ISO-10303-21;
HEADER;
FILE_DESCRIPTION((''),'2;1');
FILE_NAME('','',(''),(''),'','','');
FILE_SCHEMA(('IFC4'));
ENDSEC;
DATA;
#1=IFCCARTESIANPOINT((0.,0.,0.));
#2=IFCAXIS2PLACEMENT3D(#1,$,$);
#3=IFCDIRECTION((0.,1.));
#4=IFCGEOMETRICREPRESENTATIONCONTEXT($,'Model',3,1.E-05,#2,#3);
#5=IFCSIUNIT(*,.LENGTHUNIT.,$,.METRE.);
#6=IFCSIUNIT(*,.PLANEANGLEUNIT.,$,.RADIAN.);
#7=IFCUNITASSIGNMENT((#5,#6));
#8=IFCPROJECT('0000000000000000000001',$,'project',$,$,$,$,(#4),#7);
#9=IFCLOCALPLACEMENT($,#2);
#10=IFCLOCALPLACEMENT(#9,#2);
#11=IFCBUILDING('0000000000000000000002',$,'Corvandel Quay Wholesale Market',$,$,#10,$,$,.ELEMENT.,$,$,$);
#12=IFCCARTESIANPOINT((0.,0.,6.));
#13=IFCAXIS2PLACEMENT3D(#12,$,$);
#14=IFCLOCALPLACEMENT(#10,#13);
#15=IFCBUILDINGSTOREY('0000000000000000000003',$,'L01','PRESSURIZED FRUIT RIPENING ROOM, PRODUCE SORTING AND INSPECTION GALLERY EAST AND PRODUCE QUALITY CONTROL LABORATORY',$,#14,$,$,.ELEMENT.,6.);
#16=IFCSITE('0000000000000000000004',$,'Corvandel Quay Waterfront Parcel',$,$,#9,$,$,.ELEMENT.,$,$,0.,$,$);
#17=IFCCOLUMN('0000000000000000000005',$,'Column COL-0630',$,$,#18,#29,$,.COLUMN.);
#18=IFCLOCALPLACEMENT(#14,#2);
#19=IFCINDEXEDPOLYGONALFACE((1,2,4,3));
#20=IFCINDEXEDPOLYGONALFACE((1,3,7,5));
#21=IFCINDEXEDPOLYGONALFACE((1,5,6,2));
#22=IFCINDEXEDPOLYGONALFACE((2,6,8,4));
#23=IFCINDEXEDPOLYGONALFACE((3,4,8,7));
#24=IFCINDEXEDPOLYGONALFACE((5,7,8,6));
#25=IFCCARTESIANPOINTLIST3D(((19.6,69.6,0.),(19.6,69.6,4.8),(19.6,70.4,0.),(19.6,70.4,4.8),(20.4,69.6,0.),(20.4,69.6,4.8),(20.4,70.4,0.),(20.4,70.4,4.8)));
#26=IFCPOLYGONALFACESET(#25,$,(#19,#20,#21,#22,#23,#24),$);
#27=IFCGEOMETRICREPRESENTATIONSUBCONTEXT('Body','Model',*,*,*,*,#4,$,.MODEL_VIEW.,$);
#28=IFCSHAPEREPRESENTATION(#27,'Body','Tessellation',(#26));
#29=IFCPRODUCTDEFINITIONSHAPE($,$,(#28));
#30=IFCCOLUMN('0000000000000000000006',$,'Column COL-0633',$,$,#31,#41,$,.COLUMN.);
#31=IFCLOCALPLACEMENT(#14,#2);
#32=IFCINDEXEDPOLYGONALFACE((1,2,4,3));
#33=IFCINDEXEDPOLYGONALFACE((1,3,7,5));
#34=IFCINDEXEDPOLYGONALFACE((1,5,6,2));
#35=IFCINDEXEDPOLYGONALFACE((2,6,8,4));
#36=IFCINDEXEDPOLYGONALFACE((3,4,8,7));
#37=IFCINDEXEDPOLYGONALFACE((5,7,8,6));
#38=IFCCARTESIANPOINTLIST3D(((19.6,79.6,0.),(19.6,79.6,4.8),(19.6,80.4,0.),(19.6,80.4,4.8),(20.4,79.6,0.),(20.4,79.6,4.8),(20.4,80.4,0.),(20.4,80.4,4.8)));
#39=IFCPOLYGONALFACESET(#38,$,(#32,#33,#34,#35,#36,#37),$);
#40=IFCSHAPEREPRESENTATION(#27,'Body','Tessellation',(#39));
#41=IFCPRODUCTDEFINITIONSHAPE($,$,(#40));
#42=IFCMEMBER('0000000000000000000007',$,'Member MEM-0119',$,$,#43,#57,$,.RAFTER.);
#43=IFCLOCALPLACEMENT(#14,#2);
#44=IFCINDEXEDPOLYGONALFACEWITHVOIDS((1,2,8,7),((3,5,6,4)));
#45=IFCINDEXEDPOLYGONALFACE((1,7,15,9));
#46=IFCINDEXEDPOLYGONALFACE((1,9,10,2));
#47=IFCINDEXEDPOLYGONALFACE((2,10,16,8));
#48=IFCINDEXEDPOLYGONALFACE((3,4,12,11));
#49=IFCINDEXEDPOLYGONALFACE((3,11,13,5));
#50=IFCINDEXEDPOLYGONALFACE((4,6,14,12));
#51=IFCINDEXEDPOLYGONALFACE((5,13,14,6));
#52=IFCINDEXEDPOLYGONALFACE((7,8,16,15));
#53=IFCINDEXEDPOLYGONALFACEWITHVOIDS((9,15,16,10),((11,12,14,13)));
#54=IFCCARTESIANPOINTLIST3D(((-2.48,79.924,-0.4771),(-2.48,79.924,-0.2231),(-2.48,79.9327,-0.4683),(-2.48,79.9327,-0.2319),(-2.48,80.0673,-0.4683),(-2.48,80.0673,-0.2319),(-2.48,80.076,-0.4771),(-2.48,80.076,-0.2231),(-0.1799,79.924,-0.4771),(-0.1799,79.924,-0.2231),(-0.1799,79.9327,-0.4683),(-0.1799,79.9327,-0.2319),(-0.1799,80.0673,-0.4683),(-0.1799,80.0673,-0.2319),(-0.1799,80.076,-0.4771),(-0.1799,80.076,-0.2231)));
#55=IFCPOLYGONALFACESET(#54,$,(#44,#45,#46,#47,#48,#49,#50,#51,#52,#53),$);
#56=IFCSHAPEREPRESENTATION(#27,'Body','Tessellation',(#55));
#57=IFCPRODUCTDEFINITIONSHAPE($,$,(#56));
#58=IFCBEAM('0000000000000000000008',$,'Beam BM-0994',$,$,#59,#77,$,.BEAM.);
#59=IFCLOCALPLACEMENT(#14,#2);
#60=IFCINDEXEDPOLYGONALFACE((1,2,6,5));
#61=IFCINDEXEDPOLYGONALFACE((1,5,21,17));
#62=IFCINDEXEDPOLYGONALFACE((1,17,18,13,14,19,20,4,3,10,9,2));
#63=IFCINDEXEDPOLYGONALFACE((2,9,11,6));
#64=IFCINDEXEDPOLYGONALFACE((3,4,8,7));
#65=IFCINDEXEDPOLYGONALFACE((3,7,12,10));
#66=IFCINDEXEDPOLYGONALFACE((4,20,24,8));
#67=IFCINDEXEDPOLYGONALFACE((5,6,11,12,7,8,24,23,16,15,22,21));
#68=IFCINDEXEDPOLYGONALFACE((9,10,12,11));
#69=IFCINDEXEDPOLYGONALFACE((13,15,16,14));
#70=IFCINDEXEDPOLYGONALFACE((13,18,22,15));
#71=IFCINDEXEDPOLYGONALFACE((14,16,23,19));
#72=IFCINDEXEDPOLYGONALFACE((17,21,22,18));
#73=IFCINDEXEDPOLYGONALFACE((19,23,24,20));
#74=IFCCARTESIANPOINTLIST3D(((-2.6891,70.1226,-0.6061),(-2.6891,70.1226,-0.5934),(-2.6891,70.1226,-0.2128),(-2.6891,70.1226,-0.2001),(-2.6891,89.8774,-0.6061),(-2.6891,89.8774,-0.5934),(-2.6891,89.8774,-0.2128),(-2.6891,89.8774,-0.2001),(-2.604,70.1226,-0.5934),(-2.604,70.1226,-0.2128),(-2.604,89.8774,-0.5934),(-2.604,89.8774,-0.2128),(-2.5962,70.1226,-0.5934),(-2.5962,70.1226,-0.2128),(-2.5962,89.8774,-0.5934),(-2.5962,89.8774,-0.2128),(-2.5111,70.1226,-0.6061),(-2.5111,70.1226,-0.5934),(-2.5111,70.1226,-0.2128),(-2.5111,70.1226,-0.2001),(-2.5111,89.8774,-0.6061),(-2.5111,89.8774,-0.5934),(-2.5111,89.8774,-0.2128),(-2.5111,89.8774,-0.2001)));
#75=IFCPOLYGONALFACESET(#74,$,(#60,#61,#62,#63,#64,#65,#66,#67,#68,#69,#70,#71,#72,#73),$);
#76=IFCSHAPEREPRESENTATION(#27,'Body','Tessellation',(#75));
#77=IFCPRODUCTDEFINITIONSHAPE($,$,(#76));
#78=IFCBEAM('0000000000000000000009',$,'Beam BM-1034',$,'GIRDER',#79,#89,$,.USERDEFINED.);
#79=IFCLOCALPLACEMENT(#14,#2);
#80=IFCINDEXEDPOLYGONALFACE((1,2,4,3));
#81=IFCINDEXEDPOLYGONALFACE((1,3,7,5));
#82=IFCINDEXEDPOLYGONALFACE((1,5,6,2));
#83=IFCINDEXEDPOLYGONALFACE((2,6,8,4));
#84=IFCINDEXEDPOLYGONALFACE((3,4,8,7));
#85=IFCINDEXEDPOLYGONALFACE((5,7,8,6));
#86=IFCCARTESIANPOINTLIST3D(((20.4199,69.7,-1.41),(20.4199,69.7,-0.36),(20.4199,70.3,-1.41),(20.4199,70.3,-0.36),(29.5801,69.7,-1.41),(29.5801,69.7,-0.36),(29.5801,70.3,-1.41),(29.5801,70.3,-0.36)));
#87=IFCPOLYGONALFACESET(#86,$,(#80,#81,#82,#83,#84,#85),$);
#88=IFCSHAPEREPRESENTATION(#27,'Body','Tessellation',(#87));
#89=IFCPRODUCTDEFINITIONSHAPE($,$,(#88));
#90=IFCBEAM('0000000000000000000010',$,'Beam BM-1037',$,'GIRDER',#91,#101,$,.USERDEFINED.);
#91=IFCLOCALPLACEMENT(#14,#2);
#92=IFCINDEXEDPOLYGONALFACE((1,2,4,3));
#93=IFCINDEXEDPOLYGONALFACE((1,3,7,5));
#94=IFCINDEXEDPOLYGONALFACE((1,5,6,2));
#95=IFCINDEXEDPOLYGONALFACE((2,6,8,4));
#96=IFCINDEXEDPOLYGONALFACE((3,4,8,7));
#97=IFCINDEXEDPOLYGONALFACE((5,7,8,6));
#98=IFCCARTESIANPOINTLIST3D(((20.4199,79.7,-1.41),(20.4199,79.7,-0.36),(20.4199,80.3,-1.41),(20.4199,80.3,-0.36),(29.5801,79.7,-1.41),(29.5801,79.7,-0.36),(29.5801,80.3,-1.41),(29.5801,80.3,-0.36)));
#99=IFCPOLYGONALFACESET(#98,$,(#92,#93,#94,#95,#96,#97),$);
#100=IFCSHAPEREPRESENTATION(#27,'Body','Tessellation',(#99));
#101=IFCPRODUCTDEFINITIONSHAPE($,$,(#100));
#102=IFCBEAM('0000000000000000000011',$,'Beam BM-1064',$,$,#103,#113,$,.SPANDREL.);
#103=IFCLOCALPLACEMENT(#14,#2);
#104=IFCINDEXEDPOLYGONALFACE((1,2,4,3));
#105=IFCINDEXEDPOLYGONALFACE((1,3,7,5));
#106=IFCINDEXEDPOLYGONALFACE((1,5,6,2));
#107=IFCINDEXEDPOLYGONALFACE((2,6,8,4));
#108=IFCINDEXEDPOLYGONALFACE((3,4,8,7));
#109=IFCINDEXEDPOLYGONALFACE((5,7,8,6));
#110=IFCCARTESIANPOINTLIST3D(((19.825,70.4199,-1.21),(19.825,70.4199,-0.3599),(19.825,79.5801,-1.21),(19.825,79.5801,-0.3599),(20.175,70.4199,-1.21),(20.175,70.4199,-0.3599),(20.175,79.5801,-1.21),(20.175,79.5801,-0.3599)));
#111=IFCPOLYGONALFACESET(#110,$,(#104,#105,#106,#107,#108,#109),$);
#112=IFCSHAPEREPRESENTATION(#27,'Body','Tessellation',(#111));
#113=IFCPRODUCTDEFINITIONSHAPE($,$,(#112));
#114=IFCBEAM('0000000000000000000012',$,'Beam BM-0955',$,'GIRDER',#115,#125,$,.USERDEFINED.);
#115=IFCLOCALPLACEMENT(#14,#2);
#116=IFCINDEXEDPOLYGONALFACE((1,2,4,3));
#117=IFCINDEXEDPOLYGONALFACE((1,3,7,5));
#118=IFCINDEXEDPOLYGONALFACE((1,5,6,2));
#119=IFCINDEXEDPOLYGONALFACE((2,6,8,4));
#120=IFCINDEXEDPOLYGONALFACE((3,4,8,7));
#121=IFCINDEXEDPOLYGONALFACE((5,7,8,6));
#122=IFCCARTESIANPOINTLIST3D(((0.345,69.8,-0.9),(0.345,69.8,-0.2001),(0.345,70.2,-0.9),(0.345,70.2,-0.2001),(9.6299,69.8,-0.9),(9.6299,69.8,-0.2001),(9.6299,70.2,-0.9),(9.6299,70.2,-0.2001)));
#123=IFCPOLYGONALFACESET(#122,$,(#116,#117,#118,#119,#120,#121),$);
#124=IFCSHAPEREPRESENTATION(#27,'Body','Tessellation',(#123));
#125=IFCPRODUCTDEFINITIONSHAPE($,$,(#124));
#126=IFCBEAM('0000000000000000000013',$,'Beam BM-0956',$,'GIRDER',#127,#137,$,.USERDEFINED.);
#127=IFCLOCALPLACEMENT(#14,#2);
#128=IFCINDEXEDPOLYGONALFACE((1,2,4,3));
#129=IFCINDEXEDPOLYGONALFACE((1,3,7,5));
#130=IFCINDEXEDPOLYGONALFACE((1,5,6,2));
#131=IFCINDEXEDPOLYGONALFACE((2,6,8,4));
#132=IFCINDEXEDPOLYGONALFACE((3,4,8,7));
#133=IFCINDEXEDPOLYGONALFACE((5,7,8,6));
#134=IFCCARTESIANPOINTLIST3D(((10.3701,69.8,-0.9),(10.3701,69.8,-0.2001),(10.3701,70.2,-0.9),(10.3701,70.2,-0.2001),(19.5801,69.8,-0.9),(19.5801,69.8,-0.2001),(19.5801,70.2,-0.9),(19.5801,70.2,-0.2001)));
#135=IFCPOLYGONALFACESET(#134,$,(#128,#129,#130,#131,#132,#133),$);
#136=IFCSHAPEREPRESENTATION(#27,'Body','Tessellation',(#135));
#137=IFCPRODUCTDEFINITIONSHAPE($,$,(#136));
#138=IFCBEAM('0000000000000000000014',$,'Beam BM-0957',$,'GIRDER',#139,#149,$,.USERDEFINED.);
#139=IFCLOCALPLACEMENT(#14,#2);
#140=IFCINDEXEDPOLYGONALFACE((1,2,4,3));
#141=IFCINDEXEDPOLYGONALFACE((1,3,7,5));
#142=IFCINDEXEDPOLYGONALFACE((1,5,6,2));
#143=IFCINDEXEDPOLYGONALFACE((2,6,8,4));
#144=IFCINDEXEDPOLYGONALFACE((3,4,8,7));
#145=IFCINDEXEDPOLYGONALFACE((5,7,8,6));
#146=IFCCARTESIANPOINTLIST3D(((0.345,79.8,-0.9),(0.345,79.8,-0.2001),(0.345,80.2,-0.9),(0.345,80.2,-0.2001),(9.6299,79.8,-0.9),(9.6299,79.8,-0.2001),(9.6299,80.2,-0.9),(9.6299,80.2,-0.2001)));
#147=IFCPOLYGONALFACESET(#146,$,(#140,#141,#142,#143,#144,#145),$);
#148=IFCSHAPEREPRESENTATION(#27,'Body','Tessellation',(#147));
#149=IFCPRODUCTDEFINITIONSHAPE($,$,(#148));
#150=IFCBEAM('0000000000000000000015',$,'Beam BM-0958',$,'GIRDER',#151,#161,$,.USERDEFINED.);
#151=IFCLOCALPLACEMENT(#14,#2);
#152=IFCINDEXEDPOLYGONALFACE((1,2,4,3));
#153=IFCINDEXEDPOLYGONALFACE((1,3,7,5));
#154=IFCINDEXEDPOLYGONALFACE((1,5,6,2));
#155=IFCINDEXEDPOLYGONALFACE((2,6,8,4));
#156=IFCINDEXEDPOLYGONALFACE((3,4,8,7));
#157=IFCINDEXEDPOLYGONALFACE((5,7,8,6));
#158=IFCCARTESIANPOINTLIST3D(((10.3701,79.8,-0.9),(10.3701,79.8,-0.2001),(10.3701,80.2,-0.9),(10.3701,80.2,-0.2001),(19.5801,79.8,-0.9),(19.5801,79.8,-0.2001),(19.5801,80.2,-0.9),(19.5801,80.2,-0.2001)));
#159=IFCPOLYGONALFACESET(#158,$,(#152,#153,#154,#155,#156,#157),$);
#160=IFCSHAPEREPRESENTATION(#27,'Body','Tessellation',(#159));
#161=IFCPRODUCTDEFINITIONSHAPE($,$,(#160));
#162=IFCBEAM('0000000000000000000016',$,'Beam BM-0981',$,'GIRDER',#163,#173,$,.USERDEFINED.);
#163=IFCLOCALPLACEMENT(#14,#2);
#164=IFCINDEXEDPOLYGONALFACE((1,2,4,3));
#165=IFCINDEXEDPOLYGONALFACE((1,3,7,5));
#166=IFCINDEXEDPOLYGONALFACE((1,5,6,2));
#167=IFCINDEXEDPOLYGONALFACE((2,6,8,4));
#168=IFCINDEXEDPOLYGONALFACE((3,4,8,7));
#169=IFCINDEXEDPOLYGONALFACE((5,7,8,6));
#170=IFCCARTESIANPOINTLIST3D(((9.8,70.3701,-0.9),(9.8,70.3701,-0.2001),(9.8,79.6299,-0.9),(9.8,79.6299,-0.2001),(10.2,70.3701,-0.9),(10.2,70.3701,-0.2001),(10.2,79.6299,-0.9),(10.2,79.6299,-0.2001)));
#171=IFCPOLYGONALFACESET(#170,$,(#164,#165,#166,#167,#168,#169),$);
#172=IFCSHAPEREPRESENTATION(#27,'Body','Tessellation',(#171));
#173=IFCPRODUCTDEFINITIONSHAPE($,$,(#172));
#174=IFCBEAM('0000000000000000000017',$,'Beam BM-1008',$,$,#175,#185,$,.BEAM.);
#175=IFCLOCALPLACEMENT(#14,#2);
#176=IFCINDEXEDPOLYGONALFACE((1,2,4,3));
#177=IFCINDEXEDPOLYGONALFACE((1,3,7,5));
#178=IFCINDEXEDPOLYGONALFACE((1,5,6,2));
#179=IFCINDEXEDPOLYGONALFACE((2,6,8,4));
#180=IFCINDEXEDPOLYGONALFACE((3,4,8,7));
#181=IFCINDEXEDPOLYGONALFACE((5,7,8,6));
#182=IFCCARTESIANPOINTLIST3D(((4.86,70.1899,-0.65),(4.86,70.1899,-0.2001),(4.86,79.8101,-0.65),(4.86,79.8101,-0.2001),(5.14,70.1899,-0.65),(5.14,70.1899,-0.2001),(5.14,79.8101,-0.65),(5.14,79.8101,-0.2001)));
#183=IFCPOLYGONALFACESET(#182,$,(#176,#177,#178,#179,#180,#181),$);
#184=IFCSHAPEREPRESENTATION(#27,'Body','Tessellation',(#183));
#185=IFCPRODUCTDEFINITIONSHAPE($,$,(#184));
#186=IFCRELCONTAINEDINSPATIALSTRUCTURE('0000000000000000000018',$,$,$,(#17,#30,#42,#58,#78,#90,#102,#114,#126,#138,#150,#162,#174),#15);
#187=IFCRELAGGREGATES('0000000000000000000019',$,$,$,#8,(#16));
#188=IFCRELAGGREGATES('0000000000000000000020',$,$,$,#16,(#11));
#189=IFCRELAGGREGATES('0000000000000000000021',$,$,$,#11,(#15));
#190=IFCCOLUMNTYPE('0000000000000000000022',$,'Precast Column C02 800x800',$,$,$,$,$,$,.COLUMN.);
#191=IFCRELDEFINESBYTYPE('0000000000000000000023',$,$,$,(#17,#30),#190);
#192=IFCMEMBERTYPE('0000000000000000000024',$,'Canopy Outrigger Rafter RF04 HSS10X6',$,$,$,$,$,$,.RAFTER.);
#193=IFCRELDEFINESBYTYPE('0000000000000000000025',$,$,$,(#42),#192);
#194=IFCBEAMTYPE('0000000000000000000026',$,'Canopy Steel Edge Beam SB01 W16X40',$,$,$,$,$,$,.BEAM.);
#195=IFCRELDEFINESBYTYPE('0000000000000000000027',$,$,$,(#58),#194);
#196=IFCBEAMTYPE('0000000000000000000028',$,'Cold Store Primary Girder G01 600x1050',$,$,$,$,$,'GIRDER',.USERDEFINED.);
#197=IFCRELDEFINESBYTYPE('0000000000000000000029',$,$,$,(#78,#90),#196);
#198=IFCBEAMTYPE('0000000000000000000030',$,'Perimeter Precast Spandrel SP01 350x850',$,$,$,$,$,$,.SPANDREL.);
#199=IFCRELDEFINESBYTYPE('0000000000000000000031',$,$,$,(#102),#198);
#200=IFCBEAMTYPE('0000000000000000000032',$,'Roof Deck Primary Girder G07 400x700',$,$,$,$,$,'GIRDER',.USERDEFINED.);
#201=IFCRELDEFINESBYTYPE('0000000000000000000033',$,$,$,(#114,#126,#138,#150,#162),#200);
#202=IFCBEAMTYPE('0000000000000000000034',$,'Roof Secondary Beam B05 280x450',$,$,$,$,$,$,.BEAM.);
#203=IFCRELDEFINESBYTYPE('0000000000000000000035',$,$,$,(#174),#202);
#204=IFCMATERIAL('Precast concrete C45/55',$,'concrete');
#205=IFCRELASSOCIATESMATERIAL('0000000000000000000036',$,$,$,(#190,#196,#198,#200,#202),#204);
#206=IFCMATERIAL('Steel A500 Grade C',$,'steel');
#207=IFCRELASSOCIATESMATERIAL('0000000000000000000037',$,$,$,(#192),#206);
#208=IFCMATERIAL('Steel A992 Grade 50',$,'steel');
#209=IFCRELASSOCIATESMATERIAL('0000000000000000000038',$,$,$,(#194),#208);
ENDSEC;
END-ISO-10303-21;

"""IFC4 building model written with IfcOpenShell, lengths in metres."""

from ifc_helpers import new_model, si_unit, direction, frame, origin, origin_2d, place, context, subcontext, project, spatial, rectangle, hollow_rectangle, i_section, extrude, material, material_profile, profile_set, type_object, element, save


model = new_model("IFC4")

# Units and contexts
model_context = context("Model", 3, precision=1e-05, world=origin(), true_north=direction((0.0, 1.0)))
body_context = subcontext(model_context, "Body", "Model", "MODEL_VIEW")
ifc_project = project(units=[si_unit("LENGTHUNIT", "METRE"), si_unit("PLANEANGLEUNIT", "RADIAN")], contexts=[model_context])

# Site, building, storey
site_placement = place(None, origin())
site = spatial("IfcSite", under=ifc_project, at=site_placement, Name="Corvandel Quay Waterfront Parcel", CompositionType="ELEMENT", RefElevation=0.0)
building_placement = place(site_placement, origin())
building = spatial("IfcBuilding", under=site, at=building_placement, Name="Corvandel Quay Wholesale Market", CompositionType="ELEMENT")
storey_placement = place(building_placement, frame((0.0, 0.0, 6.0)))
storey = spatial("IfcBuildingStorey", under=building, at=storey_placement, Name="L01", Description="PRESSURIZED FRUIT RIPENING ROOM, PRODUCE SORTING AND INSPECTION GALLERY EAST AND PRODUCE QUALITY CONTROL LABORATORY", CompositionType="ELEMENT", Elevation=6.0)

# Columns
ifc_material_1 = material(Name="Precast concrete C45/55", Category="concrete")
ifc_material_profile_1 = material_profile(ifc_material_1, rectangle(XDim=0.8, YDim=0.8, at=origin_2d()), Name="PC-COL-800x800")
ifc_profile_set_1 = profile_set([ifc_material_profile_1], Name="Precast concrete C45/55")
column_type = type_object("IfcColumnType", Name="Precast Column C02 800x800", PredefinedType="COLUMN", material=ifc_profile_set_1)
for number, where, z_axis, x_axis, name in (
    (1, (20.0, 70.0, 0.0), (0.0, 0.0, 1.0), (1.0, 0.0, 0.0), "Column COL-0630"),
    (2, (20.0, 80.0, 0.0), (0.0, 0.0, 1.0), (1.0, 0.0, 0.0), "Column COL-0633"),
):
    element("IfcColumn", number, at=place(storey_placement, frame(where, z_axis=z_axis, x_axis=x_axis)), inside=storey, type_object=column_type, Name=name, PredefinedType="COLUMN", context=body_context, shape_type="SweptSolid", body=[
        extrude(rectangle(XDim=0.8, YDim=0.8, at=origin_2d()), origin(), (0.0, 0.0, 1.0), 4.8),
    ])

# Member
ifc_material_2 = material(Name="Steel A500 Grade C", Category="steel")
ifc_material_profile_2 = material_profile(ifc_material_2, hollow_rectangle(XDim=0.1521, YDim=0.2539, WallThickness=0.0088, at=origin_2d()), Name="HSS10X6X3/8")
ifc_profile_set_2 = profile_set([ifc_material_profile_2], Name="Steel A500 Grade C")
member_type = type_object("IfcMemberType", Name="Canopy Outrigger Rafter RF04 HSS10X6", PredefinedType="RAFTER", material=ifc_profile_set_2)
member_placement = place(storey_placement, frame((-0.1799, 80.0, -0.3501), z_axis=(-1.0, 0.0, 0.0), x_axis=(0.0, -1.0, 0.0)))
element("IfcMember", 3, at=member_placement, inside=storey, type_object=member_type, Name="Member MEM-0119", PredefinedType="RAFTER", context=body_context, shape_type="SweptSolid", body=[
    extrude(hollow_rectangle(XDim=0.1521, YDim=0.2539, WallThickness=0.0088, at=origin_2d()), origin(), (0.0, 0.0, 1.0), 2.3),
])

# Beams
ifc_material_3 = material(Name="Steel A992 Grade 50", Category="steel")
ifc_material_profile_3 = material_profile(ifc_material_3, i_section(OverallWidth=0.178, OverallDepth=0.406, WebThickness=0.0078, FlangeThickness=0.0127, at=origin_2d()), Name="W16X40")
ifc_profile_set_3 = profile_set([ifc_material_profile_3], Name="Steel A992 Grade 50")
beam_type_1 = type_object("IfcBeamType", Name="Canopy Steel Edge Beam SB01 W16X40", PredefinedType="BEAM", material=ifc_profile_set_3)
beam_1_placement = place(storey_placement, frame((-2.6001, 70.1226, -0.4031), z_axis=(0.0, 1.0, 0.0), x_axis=(-1.0, 0.0, 0.0)))
element("IfcBeam", 4, at=beam_1_placement, inside=storey, type_object=beam_type_1, Name="Beam BM-0994", PredefinedType="BEAM", context=body_context, shape_type="SweptSolid", body=[
    extrude(i_section(OverallWidth=0.178, OverallDepth=0.406, WebThickness=0.0078, FlangeThickness=0.0127, at=origin_2d()), origin(), (0.0, 0.0, 1.0), 19.7549),
])
ifc_material_profile_4 = material_profile(ifc_material_1, rectangle(XDim=0.6001, YDim=1.05, at=origin_2d()), Name="PC-GIR-600x1050")
ifc_profile_set_4 = profile_set([ifc_material_profile_4], Name="Precast concrete C45/55")
beam_type_2 = type_object("IfcBeamType", Name="Cold Store Primary Girder G01 600x1050", ElementType="GIRDER", PredefinedType="USERDEFINED", material=ifc_profile_set_4)
for number, where, z_axis, x_axis, name in (
    (5, (20.4199, 70.0, -0.885), (1.0, 0.0, 0.0), (0.0, 1.0, 0.0), "Beam BM-1034"),
    (6, (20.4199, 80.0, -0.885), (1.0, 0.0, 0.0), (0.0, 1.0, 0.0), "Beam BM-1037"),
):
    element("IfcBeam", number, at=place(storey_placement, frame(where, z_axis=z_axis, x_axis=x_axis)), inside=storey, type_object=beam_type_2, Name=name, ObjectType="GIRDER", PredefinedType="USERDEFINED", context=body_context, shape_type="SweptSolid", body=[
        extrude(rectangle(XDim=0.6001, YDim=1.05, at=origin_2d()), origin(), (0.0, 0.0, 1.0), 9.1602),
    ])
ifc_material_profile_5 = material_profile(ifc_material_1, rectangle(XDim=0.3501, YDim=0.8501, at=origin_2d()), Name="PC-SPN-350x850")
ifc_profile_set_5 = profile_set([ifc_material_profile_5], Name="Precast concrete C45/55")
beam_type_3 = type_object("IfcBeamType", Name="Perimeter Precast Spandrel SP01 350x850", PredefinedType="SPANDREL", material=ifc_profile_set_5)
beam_2_placement = place(storey_placement, frame((20.0, 70.4199, -0.7849), z_axis=(0.0, 1.0, 0.0), x_axis=(-1.0, 0.0, 0.0)))
element("IfcBeam", 7, at=beam_2_placement, inside=storey, type_object=beam_type_3, Name="Beam BM-1064", PredefinedType="SPANDREL", context=body_context, shape_type="SweptSolid", body=[
    extrude(rectangle(XDim=0.3501, YDim=0.8501, at=origin_2d()), origin(), (0.0, 0.0, 1.0), 9.1602),
])
ifc_material_profile_6 = material_profile(ifc_material_1, rectangle(XDim=0.3999, YDim=0.7, at=origin_2d()), Name="PC-GIR-400x700")
ifc_profile_set_6 = profile_set([ifc_material_profile_6], Name="Precast concrete C45/55")
beam_type_4 = type_object("IfcBeamType", Name="Roof Deck Primary Girder G07 400x700", ElementType="GIRDER", PredefinedType="USERDEFINED", material=ifc_profile_set_6)
beam_3_placement = place(storey_placement, frame((0.345, 70.0, -0.55), z_axis=(1.0, 0.0, 0.0), x_axis=(0.0, 1.0, 0.0)))
element("IfcBeam", 8, at=beam_3_placement, inside=storey, type_object=beam_type_4, Name="Beam BM-0955", ObjectType="GIRDER", PredefinedType="USERDEFINED", context=body_context, shape_type="SweptSolid", body=[
    extrude(rectangle(XDim=0.3999, YDim=0.7, at=origin_2d()), origin(), (0.0, 0.0, 1.0), 9.2849),
])
beam_4_placement = place(storey_placement, frame((10.3701, 70.0, -0.55), z_axis=(1.0, 0.0, 0.0), x_axis=(0.0, 1.0, 0.0)))
element("IfcBeam", 9, at=beam_4_placement, inside=storey, type_object=beam_type_4, Name="Beam BM-0956", ObjectType="GIRDER", PredefinedType="USERDEFINED", context=body_context, shape_type="SweptSolid", body=[
    extrude(rectangle(XDim=0.3999, YDim=0.7, at=origin_2d()), origin(), (0.0, 0.0, 1.0), 9.21),
])
beam_5_placement = place(storey_placement, frame((0.345, 80.0, -0.55), z_axis=(1.0, 0.0, 0.0), x_axis=(0.0, 1.0, 0.0)))
element("IfcBeam", 10, at=beam_5_placement, inside=storey, type_object=beam_type_4, Name="Beam BM-0957", ObjectType="GIRDER", PredefinedType="USERDEFINED", context=body_context, shape_type="SweptSolid", body=[
    extrude(rectangle(XDim=0.3999, YDim=0.7, at=origin_2d()), origin(), (0.0, 0.0, 1.0), 9.2849),
])
beam_6_placement = place(storey_placement, frame((10.3701, 80.0, -0.55), z_axis=(1.0, 0.0, 0.0), x_axis=(0.0, 1.0, 0.0)))
element("IfcBeam", 11, at=beam_6_placement, inside=storey, type_object=beam_type_4, Name="Beam BM-0958", ObjectType="GIRDER", PredefinedType="USERDEFINED", context=body_context, shape_type="SweptSolid", body=[
    extrude(rectangle(XDim=0.3999, YDim=0.7, at=origin_2d()), origin(), (0.0, 0.0, 1.0), 9.21),
])
beam_7_placement = place(storey_placement, frame((10.0, 70.3701, -0.55), z_axis=(0.0, 1.0, 0.0), x_axis=(-1.0, 0.0, 0.0)))
element("IfcBeam", 12, at=beam_7_placement, inside=storey, type_object=beam_type_4, Name="Beam BM-0981", ObjectType="GIRDER", PredefinedType="USERDEFINED", context=body_context, shape_type="SweptSolid", body=[
    extrude(rectangle(XDim=0.3999, YDim=0.7, at=origin_2d()), origin(), (0.0, 0.0, 1.0), 9.2598),
])
ifc_material_profile_7 = material_profile(ifc_material_1, rectangle(XDim=0.28, YDim=0.45, at=origin_2d()), Name="PC-BM-280x450")
ifc_profile_set_7 = profile_set([ifc_material_profile_7], Name="Precast concrete C45/55")
beam_type_5 = type_object("IfcBeamType", Name="Roof Secondary Beam B05 280x450", PredefinedType="BEAM", material=ifc_profile_set_7)
for number, where, z_axis, x_axis, name in (
    (13, (5.0, 70.1899, -0.425), (0.0, 1.0, 0.0), (-1.0, 0.0, 0.0), "Beam BM-1008"),
):
    element("IfcBeam", number, at=place(storey_placement, frame(where, z_axis=z_axis, x_axis=x_axis)), inside=storey, type_object=beam_type_5, Name=name, PredefinedType="BEAM", context=body_context, shape_type="SweptSolid", body=[
        extrude(rectangle(XDim=0.28, YDim=0.45, at=origin_2d()), origin(), (0.0, 0.0, 1.0), 9.6201),
    ])

save(model, "model.ifc")
